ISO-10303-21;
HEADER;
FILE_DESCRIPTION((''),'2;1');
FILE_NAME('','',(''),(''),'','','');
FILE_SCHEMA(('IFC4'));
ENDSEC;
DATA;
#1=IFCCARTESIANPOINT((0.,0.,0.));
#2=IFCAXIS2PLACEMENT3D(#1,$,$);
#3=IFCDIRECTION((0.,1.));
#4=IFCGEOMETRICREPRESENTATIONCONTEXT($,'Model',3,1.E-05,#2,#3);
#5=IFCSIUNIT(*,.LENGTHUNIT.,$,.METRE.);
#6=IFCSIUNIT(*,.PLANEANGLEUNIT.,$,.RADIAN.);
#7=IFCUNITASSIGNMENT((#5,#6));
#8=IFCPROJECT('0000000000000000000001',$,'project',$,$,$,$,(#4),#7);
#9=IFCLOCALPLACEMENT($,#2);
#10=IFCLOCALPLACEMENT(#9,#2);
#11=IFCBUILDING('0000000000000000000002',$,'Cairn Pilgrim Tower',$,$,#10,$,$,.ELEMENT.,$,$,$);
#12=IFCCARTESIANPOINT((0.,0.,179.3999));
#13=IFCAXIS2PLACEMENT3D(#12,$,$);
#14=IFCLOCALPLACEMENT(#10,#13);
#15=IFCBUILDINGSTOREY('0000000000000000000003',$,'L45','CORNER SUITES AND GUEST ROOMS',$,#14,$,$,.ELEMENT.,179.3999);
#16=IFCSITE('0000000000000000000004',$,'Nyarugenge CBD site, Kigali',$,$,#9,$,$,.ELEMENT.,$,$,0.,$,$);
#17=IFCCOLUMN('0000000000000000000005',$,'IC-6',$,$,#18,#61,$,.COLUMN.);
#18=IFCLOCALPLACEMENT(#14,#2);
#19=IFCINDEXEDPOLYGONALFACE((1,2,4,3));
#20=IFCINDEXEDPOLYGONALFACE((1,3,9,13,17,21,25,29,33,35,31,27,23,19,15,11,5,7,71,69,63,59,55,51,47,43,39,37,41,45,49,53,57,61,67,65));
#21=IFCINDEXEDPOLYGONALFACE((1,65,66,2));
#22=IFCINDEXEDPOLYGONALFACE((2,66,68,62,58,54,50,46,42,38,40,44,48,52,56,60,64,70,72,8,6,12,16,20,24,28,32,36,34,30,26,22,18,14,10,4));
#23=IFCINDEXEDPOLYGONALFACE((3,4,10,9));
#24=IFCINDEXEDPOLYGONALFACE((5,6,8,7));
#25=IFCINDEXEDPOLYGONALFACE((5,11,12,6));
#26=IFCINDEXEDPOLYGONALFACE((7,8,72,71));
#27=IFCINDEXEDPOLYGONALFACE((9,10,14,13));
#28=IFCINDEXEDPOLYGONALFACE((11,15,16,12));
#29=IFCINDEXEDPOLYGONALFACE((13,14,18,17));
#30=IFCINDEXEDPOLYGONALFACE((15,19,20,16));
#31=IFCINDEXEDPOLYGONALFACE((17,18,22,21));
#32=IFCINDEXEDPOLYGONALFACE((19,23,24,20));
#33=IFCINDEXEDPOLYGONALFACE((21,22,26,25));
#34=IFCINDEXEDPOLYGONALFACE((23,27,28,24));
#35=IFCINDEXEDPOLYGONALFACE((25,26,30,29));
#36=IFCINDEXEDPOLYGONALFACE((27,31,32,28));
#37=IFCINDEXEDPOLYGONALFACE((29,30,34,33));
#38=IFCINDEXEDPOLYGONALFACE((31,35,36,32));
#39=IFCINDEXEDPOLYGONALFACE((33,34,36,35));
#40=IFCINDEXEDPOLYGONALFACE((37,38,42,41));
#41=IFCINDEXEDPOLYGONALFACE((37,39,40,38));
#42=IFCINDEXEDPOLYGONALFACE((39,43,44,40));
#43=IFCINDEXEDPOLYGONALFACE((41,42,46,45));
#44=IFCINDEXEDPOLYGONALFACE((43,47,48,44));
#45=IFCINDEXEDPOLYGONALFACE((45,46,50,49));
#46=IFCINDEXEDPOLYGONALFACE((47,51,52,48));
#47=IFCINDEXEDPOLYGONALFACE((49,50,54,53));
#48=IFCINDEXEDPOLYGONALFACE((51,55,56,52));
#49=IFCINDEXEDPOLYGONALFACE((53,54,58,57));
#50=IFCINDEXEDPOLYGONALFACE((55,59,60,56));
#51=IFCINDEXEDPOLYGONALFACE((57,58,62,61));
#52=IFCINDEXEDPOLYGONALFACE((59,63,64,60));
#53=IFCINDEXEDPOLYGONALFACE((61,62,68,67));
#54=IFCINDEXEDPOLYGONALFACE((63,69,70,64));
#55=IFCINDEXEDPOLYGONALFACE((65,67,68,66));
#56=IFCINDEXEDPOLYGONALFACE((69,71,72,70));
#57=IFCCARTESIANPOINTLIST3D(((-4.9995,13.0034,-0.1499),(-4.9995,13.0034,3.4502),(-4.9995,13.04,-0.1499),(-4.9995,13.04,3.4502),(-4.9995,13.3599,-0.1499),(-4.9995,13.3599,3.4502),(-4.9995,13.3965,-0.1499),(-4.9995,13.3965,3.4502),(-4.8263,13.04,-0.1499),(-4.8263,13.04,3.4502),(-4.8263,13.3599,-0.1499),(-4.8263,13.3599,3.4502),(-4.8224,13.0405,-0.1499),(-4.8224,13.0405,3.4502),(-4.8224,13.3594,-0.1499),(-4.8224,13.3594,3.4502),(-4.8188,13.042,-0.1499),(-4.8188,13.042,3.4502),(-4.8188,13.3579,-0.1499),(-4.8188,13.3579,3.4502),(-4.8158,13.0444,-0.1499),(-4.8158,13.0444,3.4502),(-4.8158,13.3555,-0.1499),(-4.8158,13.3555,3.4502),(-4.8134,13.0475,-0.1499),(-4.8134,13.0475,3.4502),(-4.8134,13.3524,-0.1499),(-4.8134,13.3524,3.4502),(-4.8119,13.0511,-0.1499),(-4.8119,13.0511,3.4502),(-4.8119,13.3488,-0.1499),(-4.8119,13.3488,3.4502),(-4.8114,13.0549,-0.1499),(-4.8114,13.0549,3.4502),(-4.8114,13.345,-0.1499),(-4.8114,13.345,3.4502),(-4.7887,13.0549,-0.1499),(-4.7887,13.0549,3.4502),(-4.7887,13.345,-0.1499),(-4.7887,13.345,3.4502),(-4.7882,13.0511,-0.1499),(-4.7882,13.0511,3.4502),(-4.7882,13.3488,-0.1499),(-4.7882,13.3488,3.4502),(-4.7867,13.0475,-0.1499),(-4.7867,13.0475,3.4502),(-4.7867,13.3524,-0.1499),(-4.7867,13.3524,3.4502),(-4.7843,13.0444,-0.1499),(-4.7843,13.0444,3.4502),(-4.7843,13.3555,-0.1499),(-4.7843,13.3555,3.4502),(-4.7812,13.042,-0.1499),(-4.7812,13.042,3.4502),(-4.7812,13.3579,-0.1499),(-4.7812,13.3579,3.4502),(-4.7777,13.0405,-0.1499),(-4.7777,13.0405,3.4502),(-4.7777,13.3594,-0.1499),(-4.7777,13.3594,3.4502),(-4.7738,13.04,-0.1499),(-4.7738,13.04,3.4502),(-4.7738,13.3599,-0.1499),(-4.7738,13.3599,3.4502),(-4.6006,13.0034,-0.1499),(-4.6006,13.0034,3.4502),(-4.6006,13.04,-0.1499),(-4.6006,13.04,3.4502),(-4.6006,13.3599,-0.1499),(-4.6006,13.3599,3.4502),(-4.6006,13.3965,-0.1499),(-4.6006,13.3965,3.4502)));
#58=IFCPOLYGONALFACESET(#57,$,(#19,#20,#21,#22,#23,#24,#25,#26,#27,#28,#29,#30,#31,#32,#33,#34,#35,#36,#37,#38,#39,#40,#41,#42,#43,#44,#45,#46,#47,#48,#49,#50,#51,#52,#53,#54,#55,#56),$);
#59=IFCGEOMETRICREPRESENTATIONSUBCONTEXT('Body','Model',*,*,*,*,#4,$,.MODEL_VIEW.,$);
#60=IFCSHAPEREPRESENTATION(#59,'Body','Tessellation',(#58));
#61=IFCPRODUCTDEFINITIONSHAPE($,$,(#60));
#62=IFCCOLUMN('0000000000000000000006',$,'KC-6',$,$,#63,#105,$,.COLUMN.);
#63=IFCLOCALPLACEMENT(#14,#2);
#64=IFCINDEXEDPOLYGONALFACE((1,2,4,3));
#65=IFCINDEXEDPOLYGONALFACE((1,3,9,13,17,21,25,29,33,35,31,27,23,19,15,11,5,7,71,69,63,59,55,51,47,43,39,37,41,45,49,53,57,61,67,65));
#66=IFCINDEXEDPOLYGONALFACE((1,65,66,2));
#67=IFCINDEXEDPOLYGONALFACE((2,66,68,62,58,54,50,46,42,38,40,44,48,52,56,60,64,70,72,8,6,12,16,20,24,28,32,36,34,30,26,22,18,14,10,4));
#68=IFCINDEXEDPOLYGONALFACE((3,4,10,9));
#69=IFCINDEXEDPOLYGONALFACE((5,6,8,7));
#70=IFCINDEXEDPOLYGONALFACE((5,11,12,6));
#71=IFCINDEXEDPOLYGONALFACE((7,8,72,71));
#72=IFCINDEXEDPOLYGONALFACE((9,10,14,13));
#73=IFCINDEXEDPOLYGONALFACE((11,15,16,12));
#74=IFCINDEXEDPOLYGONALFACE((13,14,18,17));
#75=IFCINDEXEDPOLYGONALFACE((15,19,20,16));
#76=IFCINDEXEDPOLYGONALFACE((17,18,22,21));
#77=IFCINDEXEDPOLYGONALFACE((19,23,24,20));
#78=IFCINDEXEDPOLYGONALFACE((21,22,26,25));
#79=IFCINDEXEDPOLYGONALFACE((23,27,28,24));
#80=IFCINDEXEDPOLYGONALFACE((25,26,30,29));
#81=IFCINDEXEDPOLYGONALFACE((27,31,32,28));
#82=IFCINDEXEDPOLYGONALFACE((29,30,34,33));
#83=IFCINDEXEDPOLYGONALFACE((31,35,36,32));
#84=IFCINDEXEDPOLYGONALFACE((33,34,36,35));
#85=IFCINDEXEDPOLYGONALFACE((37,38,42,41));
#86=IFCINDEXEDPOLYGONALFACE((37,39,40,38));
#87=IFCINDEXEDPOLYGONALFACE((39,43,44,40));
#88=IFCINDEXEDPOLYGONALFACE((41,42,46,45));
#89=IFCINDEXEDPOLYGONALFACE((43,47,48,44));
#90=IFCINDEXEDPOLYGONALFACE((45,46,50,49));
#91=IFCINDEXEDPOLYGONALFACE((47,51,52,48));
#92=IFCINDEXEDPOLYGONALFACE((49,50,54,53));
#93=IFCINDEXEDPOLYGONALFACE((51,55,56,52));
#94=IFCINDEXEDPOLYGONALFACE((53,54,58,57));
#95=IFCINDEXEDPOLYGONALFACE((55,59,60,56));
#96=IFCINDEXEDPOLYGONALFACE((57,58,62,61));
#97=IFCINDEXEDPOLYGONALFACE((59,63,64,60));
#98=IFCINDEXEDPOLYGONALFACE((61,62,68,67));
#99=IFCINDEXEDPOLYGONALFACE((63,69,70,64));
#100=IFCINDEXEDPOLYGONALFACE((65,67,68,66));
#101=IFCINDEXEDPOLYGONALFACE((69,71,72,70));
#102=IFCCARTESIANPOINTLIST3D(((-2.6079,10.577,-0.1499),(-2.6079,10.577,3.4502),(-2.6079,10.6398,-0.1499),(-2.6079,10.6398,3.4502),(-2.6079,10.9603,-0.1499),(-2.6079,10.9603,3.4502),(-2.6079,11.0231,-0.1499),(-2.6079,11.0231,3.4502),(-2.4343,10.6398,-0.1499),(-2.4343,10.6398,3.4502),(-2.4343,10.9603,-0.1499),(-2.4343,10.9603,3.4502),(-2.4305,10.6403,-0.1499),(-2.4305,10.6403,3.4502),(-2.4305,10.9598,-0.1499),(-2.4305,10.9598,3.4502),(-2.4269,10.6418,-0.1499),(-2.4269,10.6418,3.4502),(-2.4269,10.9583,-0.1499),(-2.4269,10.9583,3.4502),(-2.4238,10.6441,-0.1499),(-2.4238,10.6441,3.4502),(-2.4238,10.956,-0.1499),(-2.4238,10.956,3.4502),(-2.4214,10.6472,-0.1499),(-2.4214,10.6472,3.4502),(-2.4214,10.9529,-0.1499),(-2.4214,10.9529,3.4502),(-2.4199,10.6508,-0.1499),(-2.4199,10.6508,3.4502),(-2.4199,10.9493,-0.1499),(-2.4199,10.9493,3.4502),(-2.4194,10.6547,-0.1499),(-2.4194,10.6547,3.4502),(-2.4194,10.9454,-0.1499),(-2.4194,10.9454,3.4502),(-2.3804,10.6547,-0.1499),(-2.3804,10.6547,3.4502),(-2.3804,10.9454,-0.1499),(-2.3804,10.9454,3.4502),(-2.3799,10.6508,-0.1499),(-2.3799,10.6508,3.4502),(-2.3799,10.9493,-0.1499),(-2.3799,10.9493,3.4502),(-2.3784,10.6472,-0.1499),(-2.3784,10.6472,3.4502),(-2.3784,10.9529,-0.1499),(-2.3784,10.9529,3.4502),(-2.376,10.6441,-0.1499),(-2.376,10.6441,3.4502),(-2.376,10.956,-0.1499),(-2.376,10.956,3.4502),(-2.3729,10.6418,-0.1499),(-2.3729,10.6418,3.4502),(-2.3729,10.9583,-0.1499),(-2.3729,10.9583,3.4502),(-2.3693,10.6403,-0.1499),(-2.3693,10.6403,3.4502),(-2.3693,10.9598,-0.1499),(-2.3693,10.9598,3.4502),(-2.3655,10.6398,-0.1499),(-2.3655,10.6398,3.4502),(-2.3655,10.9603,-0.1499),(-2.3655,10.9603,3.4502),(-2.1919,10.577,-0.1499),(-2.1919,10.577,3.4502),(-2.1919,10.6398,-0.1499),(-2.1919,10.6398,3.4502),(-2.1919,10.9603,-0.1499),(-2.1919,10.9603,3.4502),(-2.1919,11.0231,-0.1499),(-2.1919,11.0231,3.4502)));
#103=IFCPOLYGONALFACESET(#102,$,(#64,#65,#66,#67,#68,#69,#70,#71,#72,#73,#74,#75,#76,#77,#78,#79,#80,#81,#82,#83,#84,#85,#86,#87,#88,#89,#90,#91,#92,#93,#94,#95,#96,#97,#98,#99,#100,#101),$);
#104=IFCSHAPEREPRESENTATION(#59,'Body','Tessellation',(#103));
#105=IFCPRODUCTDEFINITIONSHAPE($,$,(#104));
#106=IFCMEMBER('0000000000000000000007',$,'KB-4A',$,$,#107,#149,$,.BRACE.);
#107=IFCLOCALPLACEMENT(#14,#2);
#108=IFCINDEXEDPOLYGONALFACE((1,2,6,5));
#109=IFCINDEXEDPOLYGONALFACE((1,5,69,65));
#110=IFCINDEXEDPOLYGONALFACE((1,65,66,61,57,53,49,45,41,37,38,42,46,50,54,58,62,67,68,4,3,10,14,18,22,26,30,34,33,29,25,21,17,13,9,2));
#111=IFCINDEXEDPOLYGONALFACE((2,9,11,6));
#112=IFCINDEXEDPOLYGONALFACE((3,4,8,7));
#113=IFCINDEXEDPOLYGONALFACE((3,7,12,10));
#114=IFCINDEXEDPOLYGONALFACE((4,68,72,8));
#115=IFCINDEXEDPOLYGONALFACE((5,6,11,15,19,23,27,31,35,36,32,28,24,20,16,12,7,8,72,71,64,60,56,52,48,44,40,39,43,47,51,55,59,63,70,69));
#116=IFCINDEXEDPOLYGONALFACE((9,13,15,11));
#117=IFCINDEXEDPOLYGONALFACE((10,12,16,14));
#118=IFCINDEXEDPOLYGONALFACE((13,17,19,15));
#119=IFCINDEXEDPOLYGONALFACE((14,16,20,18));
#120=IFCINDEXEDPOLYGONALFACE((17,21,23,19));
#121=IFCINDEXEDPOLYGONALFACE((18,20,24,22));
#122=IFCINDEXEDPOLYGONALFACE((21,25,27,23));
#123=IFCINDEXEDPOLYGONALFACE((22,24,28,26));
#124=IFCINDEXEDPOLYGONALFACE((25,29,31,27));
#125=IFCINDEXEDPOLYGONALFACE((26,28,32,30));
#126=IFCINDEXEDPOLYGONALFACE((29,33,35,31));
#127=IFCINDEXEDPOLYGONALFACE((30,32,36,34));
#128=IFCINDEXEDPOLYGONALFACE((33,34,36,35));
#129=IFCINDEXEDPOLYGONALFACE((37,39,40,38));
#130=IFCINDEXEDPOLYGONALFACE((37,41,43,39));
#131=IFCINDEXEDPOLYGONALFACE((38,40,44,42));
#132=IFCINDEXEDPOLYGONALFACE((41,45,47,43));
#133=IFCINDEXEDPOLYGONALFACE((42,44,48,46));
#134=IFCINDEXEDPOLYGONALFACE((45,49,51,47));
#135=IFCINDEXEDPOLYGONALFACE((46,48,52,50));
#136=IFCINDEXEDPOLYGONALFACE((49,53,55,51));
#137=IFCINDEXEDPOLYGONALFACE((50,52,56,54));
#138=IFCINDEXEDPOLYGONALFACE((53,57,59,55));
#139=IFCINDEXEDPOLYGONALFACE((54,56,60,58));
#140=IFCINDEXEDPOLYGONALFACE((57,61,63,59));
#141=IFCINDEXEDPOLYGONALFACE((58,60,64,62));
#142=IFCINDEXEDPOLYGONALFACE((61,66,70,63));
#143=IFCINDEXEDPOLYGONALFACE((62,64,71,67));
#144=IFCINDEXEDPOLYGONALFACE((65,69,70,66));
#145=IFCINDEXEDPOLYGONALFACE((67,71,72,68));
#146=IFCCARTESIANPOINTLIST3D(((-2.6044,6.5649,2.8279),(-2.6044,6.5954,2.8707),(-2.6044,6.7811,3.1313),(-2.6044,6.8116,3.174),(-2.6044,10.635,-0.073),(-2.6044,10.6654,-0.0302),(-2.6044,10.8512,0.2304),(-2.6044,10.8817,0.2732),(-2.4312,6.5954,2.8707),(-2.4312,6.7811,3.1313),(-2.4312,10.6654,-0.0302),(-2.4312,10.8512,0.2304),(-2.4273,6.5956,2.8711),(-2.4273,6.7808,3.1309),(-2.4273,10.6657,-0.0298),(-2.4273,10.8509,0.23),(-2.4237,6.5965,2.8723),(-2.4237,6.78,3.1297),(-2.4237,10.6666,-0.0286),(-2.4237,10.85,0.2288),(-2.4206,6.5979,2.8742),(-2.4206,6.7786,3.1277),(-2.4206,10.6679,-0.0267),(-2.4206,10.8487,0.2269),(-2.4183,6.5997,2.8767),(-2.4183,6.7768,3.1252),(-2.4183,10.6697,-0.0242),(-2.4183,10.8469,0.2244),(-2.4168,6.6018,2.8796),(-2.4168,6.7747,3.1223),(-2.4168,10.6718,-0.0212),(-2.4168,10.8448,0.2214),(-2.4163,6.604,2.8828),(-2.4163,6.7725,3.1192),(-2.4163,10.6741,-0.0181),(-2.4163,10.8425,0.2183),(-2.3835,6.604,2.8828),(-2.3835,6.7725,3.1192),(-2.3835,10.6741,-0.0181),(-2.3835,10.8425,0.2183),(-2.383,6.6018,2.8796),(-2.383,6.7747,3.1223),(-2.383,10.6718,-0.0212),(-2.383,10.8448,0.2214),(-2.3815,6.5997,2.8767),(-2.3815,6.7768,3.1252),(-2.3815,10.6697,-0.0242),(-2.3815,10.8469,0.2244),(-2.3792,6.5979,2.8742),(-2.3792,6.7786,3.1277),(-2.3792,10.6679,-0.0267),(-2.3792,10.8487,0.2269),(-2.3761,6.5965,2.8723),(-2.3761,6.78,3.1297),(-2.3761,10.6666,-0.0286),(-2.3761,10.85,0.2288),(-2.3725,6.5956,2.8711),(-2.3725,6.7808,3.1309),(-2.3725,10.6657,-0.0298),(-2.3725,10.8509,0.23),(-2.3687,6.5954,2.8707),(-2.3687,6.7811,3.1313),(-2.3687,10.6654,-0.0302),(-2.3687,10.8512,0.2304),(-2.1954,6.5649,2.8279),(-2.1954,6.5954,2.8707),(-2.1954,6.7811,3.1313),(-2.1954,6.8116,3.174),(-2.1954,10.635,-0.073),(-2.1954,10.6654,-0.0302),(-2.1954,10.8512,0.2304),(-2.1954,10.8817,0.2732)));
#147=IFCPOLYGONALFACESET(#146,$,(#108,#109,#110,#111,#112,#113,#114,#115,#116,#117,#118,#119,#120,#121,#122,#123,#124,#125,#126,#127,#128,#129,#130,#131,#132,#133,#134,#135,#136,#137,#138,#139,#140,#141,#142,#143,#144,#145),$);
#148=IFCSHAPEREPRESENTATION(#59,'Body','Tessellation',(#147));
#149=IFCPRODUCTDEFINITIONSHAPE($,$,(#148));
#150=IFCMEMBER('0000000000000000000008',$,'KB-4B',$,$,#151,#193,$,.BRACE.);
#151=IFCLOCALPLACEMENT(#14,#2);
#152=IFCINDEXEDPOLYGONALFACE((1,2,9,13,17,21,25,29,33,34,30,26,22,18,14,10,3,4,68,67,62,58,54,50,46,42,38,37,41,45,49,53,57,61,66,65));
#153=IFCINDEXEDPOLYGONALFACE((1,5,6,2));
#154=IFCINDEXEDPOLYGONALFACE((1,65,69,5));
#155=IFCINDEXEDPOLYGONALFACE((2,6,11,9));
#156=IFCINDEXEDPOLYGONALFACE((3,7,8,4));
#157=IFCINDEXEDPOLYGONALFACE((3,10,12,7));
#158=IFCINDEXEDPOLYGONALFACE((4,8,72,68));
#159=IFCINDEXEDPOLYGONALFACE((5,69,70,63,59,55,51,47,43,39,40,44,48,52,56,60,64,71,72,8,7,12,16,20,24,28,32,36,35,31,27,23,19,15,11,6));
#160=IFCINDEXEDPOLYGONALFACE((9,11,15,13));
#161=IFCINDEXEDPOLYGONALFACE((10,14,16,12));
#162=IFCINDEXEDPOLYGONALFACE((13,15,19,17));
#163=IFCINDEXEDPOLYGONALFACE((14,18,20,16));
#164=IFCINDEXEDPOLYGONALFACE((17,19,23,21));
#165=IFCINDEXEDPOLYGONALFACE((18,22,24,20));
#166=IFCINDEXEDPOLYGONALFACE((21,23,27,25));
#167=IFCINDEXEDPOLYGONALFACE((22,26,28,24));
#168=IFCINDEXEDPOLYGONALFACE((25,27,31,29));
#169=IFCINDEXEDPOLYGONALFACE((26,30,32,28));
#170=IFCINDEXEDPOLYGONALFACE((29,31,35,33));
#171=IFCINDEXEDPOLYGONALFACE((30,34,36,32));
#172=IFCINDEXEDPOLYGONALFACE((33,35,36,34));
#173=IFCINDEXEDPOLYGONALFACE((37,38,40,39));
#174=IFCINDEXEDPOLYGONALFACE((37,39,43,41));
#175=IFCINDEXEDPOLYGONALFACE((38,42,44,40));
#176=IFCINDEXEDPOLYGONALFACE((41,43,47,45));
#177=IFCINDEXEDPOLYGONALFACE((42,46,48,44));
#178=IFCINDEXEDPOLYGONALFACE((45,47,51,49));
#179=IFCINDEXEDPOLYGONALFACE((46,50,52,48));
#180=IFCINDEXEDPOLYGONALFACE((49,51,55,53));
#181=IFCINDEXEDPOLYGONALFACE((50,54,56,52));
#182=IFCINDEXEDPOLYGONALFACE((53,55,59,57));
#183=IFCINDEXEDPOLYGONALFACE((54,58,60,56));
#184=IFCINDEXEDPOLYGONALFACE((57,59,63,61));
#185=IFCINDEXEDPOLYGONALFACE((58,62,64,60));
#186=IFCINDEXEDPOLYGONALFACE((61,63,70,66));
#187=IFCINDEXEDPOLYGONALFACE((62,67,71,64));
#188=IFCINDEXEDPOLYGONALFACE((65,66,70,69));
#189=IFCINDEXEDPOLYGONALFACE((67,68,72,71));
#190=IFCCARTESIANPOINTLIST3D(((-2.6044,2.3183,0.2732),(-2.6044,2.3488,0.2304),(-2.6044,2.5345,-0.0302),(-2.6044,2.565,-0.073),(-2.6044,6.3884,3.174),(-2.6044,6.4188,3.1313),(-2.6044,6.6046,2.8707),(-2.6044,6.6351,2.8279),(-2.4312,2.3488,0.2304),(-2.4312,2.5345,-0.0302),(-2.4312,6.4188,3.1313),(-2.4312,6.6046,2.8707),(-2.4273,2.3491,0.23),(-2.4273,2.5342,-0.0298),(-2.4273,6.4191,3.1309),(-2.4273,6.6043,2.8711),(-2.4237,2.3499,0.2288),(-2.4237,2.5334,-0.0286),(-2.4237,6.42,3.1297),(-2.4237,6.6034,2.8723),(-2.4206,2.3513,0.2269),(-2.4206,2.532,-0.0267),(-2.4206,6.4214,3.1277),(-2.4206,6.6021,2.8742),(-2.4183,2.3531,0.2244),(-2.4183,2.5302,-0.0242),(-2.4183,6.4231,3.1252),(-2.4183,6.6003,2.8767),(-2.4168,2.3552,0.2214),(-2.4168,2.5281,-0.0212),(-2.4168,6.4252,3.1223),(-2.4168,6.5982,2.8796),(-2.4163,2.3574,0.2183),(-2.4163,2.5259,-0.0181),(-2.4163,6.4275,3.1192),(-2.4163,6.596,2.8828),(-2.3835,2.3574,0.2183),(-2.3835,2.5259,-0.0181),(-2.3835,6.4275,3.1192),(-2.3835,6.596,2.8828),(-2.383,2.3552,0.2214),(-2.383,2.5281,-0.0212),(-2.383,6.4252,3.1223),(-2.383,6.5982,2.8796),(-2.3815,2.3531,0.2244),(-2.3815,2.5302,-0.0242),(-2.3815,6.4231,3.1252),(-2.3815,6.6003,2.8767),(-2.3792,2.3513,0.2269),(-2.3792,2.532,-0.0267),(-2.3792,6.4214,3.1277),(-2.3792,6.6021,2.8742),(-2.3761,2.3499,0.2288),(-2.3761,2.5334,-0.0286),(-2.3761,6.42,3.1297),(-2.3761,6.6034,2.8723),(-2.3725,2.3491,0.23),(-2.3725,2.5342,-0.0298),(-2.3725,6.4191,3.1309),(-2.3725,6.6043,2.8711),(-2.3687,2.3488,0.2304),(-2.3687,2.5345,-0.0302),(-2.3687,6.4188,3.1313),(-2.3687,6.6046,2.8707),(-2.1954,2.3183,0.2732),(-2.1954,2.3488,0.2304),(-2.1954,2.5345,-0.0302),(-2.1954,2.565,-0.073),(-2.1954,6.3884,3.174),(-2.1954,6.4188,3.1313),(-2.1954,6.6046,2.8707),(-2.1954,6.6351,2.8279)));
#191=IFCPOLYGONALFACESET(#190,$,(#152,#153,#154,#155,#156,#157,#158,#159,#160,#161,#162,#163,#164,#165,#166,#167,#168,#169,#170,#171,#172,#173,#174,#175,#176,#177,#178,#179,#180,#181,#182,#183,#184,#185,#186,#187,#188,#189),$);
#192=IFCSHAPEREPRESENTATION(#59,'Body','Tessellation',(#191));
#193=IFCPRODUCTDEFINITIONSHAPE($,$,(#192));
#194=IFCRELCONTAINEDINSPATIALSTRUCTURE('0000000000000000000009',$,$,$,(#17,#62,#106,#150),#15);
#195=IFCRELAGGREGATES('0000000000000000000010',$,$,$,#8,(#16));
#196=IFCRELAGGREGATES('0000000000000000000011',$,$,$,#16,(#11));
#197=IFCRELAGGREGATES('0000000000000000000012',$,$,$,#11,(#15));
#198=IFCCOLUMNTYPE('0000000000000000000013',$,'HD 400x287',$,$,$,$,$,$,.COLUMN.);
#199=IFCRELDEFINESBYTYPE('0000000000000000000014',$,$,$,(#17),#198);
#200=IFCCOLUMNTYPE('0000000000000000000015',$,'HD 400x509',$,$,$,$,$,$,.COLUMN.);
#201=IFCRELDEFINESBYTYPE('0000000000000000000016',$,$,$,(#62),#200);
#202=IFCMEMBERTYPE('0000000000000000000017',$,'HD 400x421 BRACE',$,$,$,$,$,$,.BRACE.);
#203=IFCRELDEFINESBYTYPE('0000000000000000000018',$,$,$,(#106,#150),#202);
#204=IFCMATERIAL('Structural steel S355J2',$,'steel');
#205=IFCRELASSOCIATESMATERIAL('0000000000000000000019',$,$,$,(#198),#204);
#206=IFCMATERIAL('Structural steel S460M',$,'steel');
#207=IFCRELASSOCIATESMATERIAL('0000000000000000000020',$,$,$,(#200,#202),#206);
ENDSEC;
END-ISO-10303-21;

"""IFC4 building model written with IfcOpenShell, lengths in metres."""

from ifc_helpers import new_model, si_unit, direction, frame, origin, origin_2d, place, context, subcontext, project, spatial, i_section, extrude, material, material_profile, profile_set, type_object, element, save


model = new_model("IFC4")

# Units and contexts
model_context = context("Model", 3, precision=1e-05, world=origin(), true_north=direction((0.0, 1.0)))
body_context = subcontext(model_context, "Body", "Model", "MODEL_VIEW")
ifc_project = project(units=[si_unit("LENGTHUNIT", "METRE"), si_unit("PLANEANGLEUNIT", "RADIAN")], contexts=[model_context])

# Site, building, storey
site_placement = place(None, origin())
site = spatial("IfcSite", under=ifc_project, at=site_placement, Name="Nyarugenge CBD site, Kigali", CompositionType="ELEMENT", RefElevation=0.0)
building_placement = place(site_placement, origin())
building = spatial("IfcBuilding", under=site, at=building_placement, Name="Cairn Pilgrim Tower", CompositionType="ELEMENT")
storey_placement = place(building_placement, frame((0.0, 0.0, 179.3999)))
storey = spatial("IfcBuildingStorey", under=building, at=storey_placement, Name="L45", Description="CORNER SUITES AND GUEST ROOMS", CompositionType="ELEMENT", Elevation=179.3999)

# Columns
ifc_material_1 = material(Name="Structural steel S355J2", Category="steel")
ifc_material_profile_1 = material_profile(ifc_material_1, i_section(OverallWidth=0.3989, OverallDepth=0.3931, WebThickness=0.0227, FlangeThickness=0.0366, FilletRadius=0.0149, at=origin_2d()), Name="HD 400x287")
ifc_profile_set_1 = profile_set([ifc_material_profile_1], Name="Structural steel S355J2")
column_type_1 = type_object("IfcColumnType", Name="HD 400x287", PredefinedType="COLUMN", material=ifc_profile_set_1)
column_1_placement = place(storey_placement, frame((-4.8, 13.2, -0.1499), z_axis=(0.0, 0.0, 1.0), x_axis=(1.0, 0.0, 0.0)))
element("IfcColumn", 1, at=column_1_placement, inside=storey, type_object=column_type_1, Name="IC-6", PredefinedType="COLUMN", context=body_context, shape_type="SweptSolid", body=[
    extrude(i_section(OverallWidth=0.3989, OverallDepth=0.3931, WebThickness=0.0227, FlangeThickness=0.0366, FilletRadius=0.0149, at=origin_2d()), origin(), (0.0, 0.0, 1.0), 3.6001),
])
ifc_material_2 = material(Name="Structural steel S460M", Category="steel")
ifc_material_profile_2 = material_profile(ifc_material_2, i_section(OverallWidth=0.416, OverallDepth=0.446, WebThickness=0.0391, FlangeThickness=0.0627, FilletRadius=0.0149, at=origin_2d()), Name="HD 400x509")
ifc_profile_set_2 = profile_set([ifc_material_profile_2], Name="Structural steel S460M")
column_type_2 = type_object("IfcColumnType", Name="HD 400x509", PredefinedType="COLUMN", material=ifc_profile_set_2)
column_2_placement = place(storey_placement, frame((-2.3999, 10.8, -0.1499), z_axis=(0.0, 0.0, 1.0), x_axis=(1.0, 0.0, 0.0)))
element("IfcColumn", 2, at=column_2_placement, inside=storey, type_object=column_type_2, Name="KC-6", PredefinedType="COLUMN", context=body_context, shape_type="SweptSolid", body=[
    extrude(i_section(OverallWidth=0.416, OverallDepth=0.446, WebThickness=0.0391, FlangeThickness=0.0627, FilletRadius=0.0149, at=origin_2d()), origin(), (0.0, 0.0, 1.0), 3.6001),
])

# Members
ifc_material_profile_3 = material_profile(ifc_material_2, i_section(OverallWidth=0.4089, OverallDepth=0.425, WebThickness=0.0327, FlangeThickness=0.0525, FilletRadius=0.0149, at=origin_2d()), Name="HD 400x421")
ifc_profile_set_3 = profile_set([ifc_material_profile_3], Name="Structural steel S460M")
member_type = type_object("IfcMemberType", Name="HD 400x421 BRACE", PredefinedType="BRACE", material=ifc_profile_set_3)
for number, where, z_axis, x_axis, name in (
    (3, (-2.3999, 10.7583, 0.1001), (0.0, -0.81433, 0.580402), (1.0, 0.0, 0.0), "KB-4A"),
    (4, (-2.3999, 2.4417, 0.1001), (0.0, 0.81433, 0.580402), (-1.0, 0.0, 0.0), "KB-4B"),
):
    element("IfcMember", number, at=place(storey_placement, frame(where, z_axis=z_axis, x_axis=x_axis)), inside=storey, type_object=member_type, Name=name, PredefinedType="BRACE", context=body_context, shape_type="SweptSolid", body=[
        extrude(i_section(OverallWidth=0.4089, OverallDepth=0.425, WebThickness=0.0327, FlangeThickness=0.0525, FilletRadius=0.0149, at=origin_2d()), origin(), (0.0, 0.0, 1.0), 4.998),
    ])

save(model, "model.ifc")
